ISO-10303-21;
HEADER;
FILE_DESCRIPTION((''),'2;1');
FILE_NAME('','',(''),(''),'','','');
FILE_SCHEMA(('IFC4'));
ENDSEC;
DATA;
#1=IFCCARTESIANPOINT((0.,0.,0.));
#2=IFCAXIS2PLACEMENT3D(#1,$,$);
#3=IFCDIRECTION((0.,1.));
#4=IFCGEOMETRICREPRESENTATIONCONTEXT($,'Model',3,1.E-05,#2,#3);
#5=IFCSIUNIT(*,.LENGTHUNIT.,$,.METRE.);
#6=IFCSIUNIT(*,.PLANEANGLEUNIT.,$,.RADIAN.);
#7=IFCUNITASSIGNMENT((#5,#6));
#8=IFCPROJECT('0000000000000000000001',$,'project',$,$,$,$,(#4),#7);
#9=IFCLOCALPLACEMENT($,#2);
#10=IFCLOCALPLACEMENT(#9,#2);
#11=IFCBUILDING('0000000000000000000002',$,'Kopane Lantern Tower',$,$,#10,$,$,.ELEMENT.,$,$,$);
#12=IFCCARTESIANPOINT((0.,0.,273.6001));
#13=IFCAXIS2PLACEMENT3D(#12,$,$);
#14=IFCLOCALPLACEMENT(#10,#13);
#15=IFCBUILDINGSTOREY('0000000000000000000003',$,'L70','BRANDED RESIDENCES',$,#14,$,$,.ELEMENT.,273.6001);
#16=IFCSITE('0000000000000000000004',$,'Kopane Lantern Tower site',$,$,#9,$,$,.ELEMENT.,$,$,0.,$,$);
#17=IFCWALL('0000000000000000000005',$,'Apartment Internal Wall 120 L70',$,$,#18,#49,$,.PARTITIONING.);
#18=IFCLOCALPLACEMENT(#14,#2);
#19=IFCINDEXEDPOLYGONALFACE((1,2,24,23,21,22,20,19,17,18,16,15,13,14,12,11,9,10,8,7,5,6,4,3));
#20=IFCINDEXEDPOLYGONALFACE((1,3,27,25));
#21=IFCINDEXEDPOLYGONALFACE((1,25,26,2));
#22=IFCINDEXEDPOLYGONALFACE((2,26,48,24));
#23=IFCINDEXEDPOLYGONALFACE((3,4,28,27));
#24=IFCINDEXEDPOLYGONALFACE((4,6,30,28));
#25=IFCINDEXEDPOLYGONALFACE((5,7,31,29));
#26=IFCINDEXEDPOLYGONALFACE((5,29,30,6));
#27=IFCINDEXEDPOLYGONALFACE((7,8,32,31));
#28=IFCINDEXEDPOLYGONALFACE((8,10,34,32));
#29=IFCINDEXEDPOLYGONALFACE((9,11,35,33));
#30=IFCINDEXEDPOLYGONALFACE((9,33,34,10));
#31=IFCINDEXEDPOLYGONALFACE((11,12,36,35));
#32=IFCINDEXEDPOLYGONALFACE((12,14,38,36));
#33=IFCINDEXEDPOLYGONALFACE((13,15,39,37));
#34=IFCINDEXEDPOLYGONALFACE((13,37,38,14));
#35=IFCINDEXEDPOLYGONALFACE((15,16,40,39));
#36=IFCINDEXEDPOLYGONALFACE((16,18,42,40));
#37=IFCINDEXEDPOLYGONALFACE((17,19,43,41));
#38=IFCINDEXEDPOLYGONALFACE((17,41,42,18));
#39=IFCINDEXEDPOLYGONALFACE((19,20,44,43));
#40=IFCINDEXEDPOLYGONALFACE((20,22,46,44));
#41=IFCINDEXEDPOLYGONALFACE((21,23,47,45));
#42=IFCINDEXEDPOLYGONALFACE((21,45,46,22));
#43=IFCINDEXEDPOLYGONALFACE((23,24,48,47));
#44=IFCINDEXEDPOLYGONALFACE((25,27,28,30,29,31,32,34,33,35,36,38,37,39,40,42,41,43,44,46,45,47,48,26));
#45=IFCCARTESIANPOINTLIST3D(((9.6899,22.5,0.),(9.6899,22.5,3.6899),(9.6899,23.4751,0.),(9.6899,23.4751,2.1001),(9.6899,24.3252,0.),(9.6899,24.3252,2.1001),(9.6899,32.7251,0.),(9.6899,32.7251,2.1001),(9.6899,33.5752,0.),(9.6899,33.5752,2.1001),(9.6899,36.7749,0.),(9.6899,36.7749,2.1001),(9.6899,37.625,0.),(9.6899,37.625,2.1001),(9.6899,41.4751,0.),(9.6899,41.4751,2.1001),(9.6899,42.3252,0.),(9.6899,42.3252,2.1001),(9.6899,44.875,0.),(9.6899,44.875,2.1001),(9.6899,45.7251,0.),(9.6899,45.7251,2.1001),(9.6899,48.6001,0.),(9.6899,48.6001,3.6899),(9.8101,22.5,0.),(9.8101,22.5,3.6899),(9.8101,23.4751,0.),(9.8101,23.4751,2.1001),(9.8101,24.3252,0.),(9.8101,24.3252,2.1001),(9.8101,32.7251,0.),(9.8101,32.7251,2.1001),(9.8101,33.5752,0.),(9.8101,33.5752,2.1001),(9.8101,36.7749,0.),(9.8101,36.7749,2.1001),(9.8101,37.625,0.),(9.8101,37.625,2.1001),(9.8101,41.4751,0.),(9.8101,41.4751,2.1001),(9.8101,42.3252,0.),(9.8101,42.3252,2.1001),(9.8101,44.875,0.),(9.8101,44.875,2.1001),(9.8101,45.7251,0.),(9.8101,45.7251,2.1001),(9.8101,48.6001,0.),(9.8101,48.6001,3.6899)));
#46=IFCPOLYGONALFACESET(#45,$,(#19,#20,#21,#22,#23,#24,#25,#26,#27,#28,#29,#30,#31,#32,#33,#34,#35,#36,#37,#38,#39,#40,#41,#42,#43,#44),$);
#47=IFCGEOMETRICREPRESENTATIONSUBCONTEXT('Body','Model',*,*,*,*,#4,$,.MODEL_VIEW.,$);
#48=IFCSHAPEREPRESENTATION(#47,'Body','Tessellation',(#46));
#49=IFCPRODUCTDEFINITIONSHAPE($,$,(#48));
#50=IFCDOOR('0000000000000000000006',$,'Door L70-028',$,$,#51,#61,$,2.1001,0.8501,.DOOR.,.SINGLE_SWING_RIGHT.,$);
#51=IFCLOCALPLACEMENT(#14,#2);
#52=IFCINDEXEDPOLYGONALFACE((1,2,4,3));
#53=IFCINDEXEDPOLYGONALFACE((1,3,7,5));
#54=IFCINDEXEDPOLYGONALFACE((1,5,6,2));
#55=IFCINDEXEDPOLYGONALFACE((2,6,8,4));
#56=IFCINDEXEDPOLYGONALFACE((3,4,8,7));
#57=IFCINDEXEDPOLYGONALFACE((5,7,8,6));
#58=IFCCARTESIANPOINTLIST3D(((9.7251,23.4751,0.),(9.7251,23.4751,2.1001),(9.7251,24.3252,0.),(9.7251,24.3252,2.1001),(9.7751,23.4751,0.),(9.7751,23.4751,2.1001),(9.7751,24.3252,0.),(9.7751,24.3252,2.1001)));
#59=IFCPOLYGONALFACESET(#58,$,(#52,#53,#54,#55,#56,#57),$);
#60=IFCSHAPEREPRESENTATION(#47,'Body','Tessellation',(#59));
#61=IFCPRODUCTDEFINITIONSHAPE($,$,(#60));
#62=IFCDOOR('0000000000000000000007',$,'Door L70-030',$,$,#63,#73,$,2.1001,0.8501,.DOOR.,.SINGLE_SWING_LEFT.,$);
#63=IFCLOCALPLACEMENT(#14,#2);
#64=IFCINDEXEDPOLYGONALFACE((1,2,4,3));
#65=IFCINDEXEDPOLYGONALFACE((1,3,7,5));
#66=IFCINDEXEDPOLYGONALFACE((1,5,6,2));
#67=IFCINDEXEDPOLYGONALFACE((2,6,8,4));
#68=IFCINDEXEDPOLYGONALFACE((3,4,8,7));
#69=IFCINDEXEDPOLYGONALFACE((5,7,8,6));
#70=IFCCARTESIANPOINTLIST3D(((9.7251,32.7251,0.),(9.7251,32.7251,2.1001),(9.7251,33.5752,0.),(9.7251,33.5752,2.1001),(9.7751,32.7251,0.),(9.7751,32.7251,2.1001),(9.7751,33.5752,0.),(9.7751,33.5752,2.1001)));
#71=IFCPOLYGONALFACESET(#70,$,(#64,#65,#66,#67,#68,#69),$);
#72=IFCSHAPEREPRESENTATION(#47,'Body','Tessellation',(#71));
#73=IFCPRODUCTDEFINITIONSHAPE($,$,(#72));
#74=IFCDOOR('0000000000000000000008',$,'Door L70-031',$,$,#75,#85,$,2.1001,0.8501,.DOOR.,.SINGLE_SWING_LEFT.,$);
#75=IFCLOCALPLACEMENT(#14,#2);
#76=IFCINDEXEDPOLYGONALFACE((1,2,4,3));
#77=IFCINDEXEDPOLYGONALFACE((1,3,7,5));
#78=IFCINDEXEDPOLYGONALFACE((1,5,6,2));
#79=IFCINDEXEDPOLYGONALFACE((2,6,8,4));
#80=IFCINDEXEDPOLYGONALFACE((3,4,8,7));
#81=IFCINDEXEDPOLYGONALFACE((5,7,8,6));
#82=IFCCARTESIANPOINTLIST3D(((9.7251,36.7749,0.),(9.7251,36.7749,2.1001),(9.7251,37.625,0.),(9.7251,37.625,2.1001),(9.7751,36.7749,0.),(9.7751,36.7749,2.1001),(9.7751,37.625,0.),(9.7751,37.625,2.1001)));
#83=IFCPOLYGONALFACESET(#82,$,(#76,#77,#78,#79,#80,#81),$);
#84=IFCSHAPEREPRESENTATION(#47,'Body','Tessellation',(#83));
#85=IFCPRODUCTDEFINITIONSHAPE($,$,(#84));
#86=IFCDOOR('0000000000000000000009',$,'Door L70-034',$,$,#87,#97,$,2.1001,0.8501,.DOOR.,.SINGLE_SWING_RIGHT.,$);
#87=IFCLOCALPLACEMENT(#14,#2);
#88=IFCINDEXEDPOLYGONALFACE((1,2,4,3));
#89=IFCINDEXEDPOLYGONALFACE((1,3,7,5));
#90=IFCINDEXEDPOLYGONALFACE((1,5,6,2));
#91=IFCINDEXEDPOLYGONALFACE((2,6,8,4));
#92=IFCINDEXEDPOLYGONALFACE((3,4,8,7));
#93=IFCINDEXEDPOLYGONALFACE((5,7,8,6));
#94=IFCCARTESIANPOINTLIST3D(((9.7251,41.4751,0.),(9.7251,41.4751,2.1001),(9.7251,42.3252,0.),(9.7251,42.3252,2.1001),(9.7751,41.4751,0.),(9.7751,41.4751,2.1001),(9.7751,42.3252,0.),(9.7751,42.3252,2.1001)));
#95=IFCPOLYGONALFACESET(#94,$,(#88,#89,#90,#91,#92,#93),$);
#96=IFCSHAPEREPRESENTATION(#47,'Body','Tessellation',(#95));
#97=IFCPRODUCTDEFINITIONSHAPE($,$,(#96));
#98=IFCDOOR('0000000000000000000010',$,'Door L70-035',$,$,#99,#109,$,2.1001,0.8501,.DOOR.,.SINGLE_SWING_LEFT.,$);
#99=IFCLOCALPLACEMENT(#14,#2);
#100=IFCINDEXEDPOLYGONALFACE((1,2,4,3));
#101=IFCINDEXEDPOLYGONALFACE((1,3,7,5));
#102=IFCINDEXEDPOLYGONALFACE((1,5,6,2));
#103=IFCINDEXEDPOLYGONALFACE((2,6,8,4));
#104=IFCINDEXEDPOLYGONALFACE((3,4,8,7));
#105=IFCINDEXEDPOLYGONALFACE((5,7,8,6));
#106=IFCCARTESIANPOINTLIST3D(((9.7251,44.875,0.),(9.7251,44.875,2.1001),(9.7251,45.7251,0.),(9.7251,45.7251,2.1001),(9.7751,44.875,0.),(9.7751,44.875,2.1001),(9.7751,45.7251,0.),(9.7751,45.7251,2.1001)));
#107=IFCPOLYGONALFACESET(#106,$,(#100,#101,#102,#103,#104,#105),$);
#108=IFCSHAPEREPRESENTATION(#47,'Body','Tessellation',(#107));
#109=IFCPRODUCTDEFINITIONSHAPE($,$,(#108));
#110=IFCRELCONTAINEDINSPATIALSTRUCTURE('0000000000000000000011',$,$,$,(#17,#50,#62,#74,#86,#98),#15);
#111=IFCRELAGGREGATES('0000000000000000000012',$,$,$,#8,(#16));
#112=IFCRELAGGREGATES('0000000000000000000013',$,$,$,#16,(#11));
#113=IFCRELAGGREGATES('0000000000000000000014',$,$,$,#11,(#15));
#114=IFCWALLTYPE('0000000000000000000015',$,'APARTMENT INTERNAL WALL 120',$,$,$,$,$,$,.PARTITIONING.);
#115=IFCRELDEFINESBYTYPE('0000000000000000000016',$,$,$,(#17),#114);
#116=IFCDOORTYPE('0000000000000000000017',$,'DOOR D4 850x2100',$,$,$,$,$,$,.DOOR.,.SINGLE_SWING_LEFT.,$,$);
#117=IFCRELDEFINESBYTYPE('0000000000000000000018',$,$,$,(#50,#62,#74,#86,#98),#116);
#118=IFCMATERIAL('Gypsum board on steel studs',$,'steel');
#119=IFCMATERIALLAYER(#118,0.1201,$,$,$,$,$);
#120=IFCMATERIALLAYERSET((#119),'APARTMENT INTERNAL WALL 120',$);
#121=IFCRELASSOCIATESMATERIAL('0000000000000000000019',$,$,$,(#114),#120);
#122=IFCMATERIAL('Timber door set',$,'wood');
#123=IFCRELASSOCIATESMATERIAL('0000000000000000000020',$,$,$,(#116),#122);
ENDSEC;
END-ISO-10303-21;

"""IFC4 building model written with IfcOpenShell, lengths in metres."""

from ifc_helpers import new_model, si_unit, direction, frame, frame_2d, origin, place, context, subcontext, project, spatial, rectangle, extrude, material, layer, layer_set, type_object, element, fill, save


model = new_model("IFC4")

# Units and contexts
model_context = context("Model", 3, precision=1e-05, world=origin(), true_north=direction((0.0, 1.0)))
body_context = subcontext(model_context, "Body", "Model", "MODEL_VIEW")
ifc_project = project(units=[si_unit("LENGTHUNIT", "METRE"), si_unit("PLANEANGLEUNIT", "RADIAN")], contexts=[model_context])

# Site, building, storey
site_placement = place(None, origin())
site = spatial("IfcSite", under=ifc_project, at=site_placement, Name="Kopane Lantern Tower site", CompositionType="ELEMENT", RefElevation=0.0)
building_placement = place(site_placement, origin())
building = spatial("IfcBuilding", under=site, at=building_placement, Name="Kopane Lantern Tower", CompositionType="ELEMENT")
storey_placement = place(building_placement, frame((0.0, 0.0, 273.6001)))
storey = spatial("IfcBuildingStorey", under=building, at=storey_placement, Name="L70", Description="BRANDED RESIDENCES", CompositionType="ELEMENT", Elevation=273.6001)

# Wall, openings, doors
ifc_material_1 = material(Name="Gypsum board on steel studs", Category="steel")
ifc_layer_1 = layer(ifc_material_1, 0.1201)
ifc_layer_set_1 = layer_set([ifc_layer_1], Name="APARTMENT INTERNAL WALL 120")
wall_type_1 = type_object("IfcWallType", Name="APARTMENT INTERNAL WALL 120", PredefinedType="PARTITIONING", material=ifc_layer_set_1)
wall_1_placement = place(storey_placement, frame((9.75, 22.5, 0.0), z_axis=(0.0, 0.0, 1.0), x_axis=(0.0, 1.0, 0.0)))
wall_1 = element("IfcWall", 1, at=wall_1_placement, inside=storey, type_object=wall_type_1, Name="Apartment Internal Wall 120 L70", PredefinedType="PARTITIONING", context=body_context, shape_type="SweptSolid", body=[
    extrude(rectangle(XDim=26.1001, YDim=0.1201, at=frame_2d((13.05, 0.0))), origin(), (0.0, 0.0, 1.0), 3.6899),
])
opening_1_placement = place(wall_1_placement, frame((0.9751, 0.0, 0.0)))
opening_1 = element("IfcOpeningElement", 2, at=opening_1_placement, cuts=wall_1, PredefinedType="OPENING", context=body_context, shape_type="SweptSolid", body=[
    extrude(rectangle(XDim=0.8501, YDim=2.1001, at=frame_2d((0.425, 1.05))), frame((0.0, 0.0701, 0.0), z_axis=(0.0, -1.0, 0.0), x_axis=(1.0, 0.0, 0.0)), (0.0, 0.0, 1.0), 0.1401),
])
opening_2_placement = place(wall_1_placement, frame((10.2251, 0.0, 0.0)))
opening_2 = element("IfcOpeningElement", 3, at=opening_2_placement, cuts=wall_1, PredefinedType="OPENING", context=body_context, shape_type="SweptSolid", body=[
    extrude(rectangle(XDim=0.8501, YDim=2.1001, at=frame_2d((0.425, 1.05))), frame((0.0, 0.0701, 0.0), z_axis=(0.0, -1.0, 0.0), x_axis=(1.0, 0.0, 0.0)), (0.0, 0.0, 1.0), 0.1401),
])
opening_3_placement = place(wall_1_placement, frame((14.2749, 0.0, 0.0)))
opening_3 = element("IfcOpeningElement", 4, at=opening_3_placement, cuts=wall_1, PredefinedType="OPENING", context=body_context, shape_type="SweptSolid", body=[
    extrude(rectangle(XDim=0.8501, YDim=2.1001, at=frame_2d((0.425, 1.05))), frame((0.0, 0.0701, 0.0), z_axis=(0.0, -1.0, 0.0), x_axis=(1.0, 0.0, 0.0)), (0.0, 0.0, 1.0), 0.1401),
])
opening_4_placement = place(wall_1_placement, frame((18.9751, 0.0, 0.0)))
opening_4 = element("IfcOpeningElement", 5, at=opening_4_placement, cuts=wall_1, PredefinedType="OPENING", context=body_context, shape_type="SweptSolid", body=[
    extrude(rectangle(XDim=0.8501, YDim=2.1001, at=frame_2d((0.425, 1.05))), frame((0.0, 0.0701, 0.0), z_axis=(0.0, -1.0, 0.0), x_axis=(1.0, 0.0, 0.0)), (0.0, 0.0, 1.0), 0.1401),
])
opening_5_placement = place(wall_1_placement, frame((22.375, 0.0, 0.0)))
opening_5 = element("IfcOpeningElement", 6, at=opening_5_placement, cuts=wall_1, PredefinedType="OPENING", context=body_context, shape_type="SweptSolid", body=[
    extrude(rectangle(XDim=0.8501, YDim=2.1001, at=frame_2d((0.425, 1.05))), frame((0.0, 0.0701, 0.0), z_axis=(0.0, -1.0, 0.0), x_axis=(1.0, 0.0, 0.0)), (0.0, 0.0, 1.0), 0.1401),
])
ifc_material_2 = material(Name="Timber door set", Category="wood")
door_type_1 = type_object("IfcDoorType", Name="DOOR D4 850x2100", OperationType="SINGLE_SWING_LEFT", PredefinedType="DOOR", material=ifc_material_2)
door_1_placement = place(opening_1_placement, origin())
door_1 = element("IfcDoor", 7, at=door_1_placement, inside=storey, type_object=door_type_1, Name="Door L70-028", OperationType="SINGLE_SWING_RIGHT", OverallHeight=2.1001, OverallWidth=0.8501, PredefinedType="DOOR", context=body_context, shape_type="SweptSolid", body=[
    extrude(rectangle(XDim=0.8501, YDim=2.1001, at=frame_2d((0.425, 1.05))), frame((0.0, 0.0249, 0.0), z_axis=(0.0, -1.0, 0.0), x_axis=(1.0, 0.0, 0.0)), (0.0, 0.0, 1.0), 0.05),
])
fill(opening_1, door_1)
door_2_placement = place(opening_2_placement, origin())
door_2 = element("IfcDoor", 8, at=door_2_placement, inside=storey, type_object=door_type_1, Name="Door L70-030", OperationType="SINGLE_SWING_LEFT", OverallHeight=2.1001, OverallWidth=0.8501, PredefinedType="DOOR", context=body_context, shape_type="SweptSolid", body=[
    extrude(rectangle(XDim=0.8501, YDim=2.1001, at=frame_2d((0.425, 1.05))), frame((0.0, 0.0249, 0.0), z_axis=(0.0, -1.0, 0.0), x_axis=(1.0, 0.0, 0.0)), (0.0, 0.0, 1.0), 0.05),
])
fill(opening_2, door_2)
door_3_placement = place(opening_3_placement, origin())
door_3 = element("IfcDoor", 9, at=door_3_placement, inside=storey, type_object=door_type_1, Name="Door L70-031", OperationType="SINGLE_SWING_LEFT", OverallHeight=2.1001, OverallWidth=0.8501, PredefinedType="DOOR", context=body_context, shape_type="SweptSolid", body=[
    extrude(rectangle(XDim=0.8501, YDim=2.1001, at=frame_2d((0.425, 1.05))), frame((0.0, 0.0249, 0.0), z_axis=(0.0, -1.0, 0.0), x_axis=(1.0, 0.0, 0.0)), (0.0, 0.0, 1.0), 0.05),
])
fill(opening_3, door_3)
door_4_placement = place(opening_4_placement, origin())
door_4 = element("IfcDoor", 10, at=door_4_placement, inside=storey, type_object=door_type_1, Name="Door L70-034", OperationType="SINGLE_SWING_RIGHT", OverallHeight=2.1001, OverallWidth=0.8501, PredefinedType="DOOR", context=body_context, shape_type="SweptSolid", body=[
    extrude(rectangle(XDim=0.8501, YDim=2.1001, at=frame_2d((0.425, 1.05))), frame((0.0, 0.0249, 0.0), z_axis=(0.0, -1.0, 0.0), x_axis=(1.0, 0.0, 0.0)), (0.0, 0.0, 1.0), 0.05),
])
fill(opening_4, door_4)
door_5_placement = place(opening_5_placement, origin())
door_5 = element("IfcDoor", 11, at=door_5_placement, inside=storey, type_object=door_type_1, Name="Door L70-035", OperationType="SINGLE_SWING_LEFT", OverallHeight=2.1001, OverallWidth=0.8501, PredefinedType="DOOR", context=body_context, shape_type="SweptSolid", body=[
    extrude(rectangle(XDim=0.8501, YDim=2.1001, at=frame_2d((0.425, 1.05))), frame((0.0, 0.0249, 0.0), z_axis=(0.0, -1.0, 0.0), x_axis=(1.0, 0.0, 0.0)), (0.0, 0.0, 1.0), 0.05),
])
fill(opening_5, door_5)

save(model, "model.ifc")
